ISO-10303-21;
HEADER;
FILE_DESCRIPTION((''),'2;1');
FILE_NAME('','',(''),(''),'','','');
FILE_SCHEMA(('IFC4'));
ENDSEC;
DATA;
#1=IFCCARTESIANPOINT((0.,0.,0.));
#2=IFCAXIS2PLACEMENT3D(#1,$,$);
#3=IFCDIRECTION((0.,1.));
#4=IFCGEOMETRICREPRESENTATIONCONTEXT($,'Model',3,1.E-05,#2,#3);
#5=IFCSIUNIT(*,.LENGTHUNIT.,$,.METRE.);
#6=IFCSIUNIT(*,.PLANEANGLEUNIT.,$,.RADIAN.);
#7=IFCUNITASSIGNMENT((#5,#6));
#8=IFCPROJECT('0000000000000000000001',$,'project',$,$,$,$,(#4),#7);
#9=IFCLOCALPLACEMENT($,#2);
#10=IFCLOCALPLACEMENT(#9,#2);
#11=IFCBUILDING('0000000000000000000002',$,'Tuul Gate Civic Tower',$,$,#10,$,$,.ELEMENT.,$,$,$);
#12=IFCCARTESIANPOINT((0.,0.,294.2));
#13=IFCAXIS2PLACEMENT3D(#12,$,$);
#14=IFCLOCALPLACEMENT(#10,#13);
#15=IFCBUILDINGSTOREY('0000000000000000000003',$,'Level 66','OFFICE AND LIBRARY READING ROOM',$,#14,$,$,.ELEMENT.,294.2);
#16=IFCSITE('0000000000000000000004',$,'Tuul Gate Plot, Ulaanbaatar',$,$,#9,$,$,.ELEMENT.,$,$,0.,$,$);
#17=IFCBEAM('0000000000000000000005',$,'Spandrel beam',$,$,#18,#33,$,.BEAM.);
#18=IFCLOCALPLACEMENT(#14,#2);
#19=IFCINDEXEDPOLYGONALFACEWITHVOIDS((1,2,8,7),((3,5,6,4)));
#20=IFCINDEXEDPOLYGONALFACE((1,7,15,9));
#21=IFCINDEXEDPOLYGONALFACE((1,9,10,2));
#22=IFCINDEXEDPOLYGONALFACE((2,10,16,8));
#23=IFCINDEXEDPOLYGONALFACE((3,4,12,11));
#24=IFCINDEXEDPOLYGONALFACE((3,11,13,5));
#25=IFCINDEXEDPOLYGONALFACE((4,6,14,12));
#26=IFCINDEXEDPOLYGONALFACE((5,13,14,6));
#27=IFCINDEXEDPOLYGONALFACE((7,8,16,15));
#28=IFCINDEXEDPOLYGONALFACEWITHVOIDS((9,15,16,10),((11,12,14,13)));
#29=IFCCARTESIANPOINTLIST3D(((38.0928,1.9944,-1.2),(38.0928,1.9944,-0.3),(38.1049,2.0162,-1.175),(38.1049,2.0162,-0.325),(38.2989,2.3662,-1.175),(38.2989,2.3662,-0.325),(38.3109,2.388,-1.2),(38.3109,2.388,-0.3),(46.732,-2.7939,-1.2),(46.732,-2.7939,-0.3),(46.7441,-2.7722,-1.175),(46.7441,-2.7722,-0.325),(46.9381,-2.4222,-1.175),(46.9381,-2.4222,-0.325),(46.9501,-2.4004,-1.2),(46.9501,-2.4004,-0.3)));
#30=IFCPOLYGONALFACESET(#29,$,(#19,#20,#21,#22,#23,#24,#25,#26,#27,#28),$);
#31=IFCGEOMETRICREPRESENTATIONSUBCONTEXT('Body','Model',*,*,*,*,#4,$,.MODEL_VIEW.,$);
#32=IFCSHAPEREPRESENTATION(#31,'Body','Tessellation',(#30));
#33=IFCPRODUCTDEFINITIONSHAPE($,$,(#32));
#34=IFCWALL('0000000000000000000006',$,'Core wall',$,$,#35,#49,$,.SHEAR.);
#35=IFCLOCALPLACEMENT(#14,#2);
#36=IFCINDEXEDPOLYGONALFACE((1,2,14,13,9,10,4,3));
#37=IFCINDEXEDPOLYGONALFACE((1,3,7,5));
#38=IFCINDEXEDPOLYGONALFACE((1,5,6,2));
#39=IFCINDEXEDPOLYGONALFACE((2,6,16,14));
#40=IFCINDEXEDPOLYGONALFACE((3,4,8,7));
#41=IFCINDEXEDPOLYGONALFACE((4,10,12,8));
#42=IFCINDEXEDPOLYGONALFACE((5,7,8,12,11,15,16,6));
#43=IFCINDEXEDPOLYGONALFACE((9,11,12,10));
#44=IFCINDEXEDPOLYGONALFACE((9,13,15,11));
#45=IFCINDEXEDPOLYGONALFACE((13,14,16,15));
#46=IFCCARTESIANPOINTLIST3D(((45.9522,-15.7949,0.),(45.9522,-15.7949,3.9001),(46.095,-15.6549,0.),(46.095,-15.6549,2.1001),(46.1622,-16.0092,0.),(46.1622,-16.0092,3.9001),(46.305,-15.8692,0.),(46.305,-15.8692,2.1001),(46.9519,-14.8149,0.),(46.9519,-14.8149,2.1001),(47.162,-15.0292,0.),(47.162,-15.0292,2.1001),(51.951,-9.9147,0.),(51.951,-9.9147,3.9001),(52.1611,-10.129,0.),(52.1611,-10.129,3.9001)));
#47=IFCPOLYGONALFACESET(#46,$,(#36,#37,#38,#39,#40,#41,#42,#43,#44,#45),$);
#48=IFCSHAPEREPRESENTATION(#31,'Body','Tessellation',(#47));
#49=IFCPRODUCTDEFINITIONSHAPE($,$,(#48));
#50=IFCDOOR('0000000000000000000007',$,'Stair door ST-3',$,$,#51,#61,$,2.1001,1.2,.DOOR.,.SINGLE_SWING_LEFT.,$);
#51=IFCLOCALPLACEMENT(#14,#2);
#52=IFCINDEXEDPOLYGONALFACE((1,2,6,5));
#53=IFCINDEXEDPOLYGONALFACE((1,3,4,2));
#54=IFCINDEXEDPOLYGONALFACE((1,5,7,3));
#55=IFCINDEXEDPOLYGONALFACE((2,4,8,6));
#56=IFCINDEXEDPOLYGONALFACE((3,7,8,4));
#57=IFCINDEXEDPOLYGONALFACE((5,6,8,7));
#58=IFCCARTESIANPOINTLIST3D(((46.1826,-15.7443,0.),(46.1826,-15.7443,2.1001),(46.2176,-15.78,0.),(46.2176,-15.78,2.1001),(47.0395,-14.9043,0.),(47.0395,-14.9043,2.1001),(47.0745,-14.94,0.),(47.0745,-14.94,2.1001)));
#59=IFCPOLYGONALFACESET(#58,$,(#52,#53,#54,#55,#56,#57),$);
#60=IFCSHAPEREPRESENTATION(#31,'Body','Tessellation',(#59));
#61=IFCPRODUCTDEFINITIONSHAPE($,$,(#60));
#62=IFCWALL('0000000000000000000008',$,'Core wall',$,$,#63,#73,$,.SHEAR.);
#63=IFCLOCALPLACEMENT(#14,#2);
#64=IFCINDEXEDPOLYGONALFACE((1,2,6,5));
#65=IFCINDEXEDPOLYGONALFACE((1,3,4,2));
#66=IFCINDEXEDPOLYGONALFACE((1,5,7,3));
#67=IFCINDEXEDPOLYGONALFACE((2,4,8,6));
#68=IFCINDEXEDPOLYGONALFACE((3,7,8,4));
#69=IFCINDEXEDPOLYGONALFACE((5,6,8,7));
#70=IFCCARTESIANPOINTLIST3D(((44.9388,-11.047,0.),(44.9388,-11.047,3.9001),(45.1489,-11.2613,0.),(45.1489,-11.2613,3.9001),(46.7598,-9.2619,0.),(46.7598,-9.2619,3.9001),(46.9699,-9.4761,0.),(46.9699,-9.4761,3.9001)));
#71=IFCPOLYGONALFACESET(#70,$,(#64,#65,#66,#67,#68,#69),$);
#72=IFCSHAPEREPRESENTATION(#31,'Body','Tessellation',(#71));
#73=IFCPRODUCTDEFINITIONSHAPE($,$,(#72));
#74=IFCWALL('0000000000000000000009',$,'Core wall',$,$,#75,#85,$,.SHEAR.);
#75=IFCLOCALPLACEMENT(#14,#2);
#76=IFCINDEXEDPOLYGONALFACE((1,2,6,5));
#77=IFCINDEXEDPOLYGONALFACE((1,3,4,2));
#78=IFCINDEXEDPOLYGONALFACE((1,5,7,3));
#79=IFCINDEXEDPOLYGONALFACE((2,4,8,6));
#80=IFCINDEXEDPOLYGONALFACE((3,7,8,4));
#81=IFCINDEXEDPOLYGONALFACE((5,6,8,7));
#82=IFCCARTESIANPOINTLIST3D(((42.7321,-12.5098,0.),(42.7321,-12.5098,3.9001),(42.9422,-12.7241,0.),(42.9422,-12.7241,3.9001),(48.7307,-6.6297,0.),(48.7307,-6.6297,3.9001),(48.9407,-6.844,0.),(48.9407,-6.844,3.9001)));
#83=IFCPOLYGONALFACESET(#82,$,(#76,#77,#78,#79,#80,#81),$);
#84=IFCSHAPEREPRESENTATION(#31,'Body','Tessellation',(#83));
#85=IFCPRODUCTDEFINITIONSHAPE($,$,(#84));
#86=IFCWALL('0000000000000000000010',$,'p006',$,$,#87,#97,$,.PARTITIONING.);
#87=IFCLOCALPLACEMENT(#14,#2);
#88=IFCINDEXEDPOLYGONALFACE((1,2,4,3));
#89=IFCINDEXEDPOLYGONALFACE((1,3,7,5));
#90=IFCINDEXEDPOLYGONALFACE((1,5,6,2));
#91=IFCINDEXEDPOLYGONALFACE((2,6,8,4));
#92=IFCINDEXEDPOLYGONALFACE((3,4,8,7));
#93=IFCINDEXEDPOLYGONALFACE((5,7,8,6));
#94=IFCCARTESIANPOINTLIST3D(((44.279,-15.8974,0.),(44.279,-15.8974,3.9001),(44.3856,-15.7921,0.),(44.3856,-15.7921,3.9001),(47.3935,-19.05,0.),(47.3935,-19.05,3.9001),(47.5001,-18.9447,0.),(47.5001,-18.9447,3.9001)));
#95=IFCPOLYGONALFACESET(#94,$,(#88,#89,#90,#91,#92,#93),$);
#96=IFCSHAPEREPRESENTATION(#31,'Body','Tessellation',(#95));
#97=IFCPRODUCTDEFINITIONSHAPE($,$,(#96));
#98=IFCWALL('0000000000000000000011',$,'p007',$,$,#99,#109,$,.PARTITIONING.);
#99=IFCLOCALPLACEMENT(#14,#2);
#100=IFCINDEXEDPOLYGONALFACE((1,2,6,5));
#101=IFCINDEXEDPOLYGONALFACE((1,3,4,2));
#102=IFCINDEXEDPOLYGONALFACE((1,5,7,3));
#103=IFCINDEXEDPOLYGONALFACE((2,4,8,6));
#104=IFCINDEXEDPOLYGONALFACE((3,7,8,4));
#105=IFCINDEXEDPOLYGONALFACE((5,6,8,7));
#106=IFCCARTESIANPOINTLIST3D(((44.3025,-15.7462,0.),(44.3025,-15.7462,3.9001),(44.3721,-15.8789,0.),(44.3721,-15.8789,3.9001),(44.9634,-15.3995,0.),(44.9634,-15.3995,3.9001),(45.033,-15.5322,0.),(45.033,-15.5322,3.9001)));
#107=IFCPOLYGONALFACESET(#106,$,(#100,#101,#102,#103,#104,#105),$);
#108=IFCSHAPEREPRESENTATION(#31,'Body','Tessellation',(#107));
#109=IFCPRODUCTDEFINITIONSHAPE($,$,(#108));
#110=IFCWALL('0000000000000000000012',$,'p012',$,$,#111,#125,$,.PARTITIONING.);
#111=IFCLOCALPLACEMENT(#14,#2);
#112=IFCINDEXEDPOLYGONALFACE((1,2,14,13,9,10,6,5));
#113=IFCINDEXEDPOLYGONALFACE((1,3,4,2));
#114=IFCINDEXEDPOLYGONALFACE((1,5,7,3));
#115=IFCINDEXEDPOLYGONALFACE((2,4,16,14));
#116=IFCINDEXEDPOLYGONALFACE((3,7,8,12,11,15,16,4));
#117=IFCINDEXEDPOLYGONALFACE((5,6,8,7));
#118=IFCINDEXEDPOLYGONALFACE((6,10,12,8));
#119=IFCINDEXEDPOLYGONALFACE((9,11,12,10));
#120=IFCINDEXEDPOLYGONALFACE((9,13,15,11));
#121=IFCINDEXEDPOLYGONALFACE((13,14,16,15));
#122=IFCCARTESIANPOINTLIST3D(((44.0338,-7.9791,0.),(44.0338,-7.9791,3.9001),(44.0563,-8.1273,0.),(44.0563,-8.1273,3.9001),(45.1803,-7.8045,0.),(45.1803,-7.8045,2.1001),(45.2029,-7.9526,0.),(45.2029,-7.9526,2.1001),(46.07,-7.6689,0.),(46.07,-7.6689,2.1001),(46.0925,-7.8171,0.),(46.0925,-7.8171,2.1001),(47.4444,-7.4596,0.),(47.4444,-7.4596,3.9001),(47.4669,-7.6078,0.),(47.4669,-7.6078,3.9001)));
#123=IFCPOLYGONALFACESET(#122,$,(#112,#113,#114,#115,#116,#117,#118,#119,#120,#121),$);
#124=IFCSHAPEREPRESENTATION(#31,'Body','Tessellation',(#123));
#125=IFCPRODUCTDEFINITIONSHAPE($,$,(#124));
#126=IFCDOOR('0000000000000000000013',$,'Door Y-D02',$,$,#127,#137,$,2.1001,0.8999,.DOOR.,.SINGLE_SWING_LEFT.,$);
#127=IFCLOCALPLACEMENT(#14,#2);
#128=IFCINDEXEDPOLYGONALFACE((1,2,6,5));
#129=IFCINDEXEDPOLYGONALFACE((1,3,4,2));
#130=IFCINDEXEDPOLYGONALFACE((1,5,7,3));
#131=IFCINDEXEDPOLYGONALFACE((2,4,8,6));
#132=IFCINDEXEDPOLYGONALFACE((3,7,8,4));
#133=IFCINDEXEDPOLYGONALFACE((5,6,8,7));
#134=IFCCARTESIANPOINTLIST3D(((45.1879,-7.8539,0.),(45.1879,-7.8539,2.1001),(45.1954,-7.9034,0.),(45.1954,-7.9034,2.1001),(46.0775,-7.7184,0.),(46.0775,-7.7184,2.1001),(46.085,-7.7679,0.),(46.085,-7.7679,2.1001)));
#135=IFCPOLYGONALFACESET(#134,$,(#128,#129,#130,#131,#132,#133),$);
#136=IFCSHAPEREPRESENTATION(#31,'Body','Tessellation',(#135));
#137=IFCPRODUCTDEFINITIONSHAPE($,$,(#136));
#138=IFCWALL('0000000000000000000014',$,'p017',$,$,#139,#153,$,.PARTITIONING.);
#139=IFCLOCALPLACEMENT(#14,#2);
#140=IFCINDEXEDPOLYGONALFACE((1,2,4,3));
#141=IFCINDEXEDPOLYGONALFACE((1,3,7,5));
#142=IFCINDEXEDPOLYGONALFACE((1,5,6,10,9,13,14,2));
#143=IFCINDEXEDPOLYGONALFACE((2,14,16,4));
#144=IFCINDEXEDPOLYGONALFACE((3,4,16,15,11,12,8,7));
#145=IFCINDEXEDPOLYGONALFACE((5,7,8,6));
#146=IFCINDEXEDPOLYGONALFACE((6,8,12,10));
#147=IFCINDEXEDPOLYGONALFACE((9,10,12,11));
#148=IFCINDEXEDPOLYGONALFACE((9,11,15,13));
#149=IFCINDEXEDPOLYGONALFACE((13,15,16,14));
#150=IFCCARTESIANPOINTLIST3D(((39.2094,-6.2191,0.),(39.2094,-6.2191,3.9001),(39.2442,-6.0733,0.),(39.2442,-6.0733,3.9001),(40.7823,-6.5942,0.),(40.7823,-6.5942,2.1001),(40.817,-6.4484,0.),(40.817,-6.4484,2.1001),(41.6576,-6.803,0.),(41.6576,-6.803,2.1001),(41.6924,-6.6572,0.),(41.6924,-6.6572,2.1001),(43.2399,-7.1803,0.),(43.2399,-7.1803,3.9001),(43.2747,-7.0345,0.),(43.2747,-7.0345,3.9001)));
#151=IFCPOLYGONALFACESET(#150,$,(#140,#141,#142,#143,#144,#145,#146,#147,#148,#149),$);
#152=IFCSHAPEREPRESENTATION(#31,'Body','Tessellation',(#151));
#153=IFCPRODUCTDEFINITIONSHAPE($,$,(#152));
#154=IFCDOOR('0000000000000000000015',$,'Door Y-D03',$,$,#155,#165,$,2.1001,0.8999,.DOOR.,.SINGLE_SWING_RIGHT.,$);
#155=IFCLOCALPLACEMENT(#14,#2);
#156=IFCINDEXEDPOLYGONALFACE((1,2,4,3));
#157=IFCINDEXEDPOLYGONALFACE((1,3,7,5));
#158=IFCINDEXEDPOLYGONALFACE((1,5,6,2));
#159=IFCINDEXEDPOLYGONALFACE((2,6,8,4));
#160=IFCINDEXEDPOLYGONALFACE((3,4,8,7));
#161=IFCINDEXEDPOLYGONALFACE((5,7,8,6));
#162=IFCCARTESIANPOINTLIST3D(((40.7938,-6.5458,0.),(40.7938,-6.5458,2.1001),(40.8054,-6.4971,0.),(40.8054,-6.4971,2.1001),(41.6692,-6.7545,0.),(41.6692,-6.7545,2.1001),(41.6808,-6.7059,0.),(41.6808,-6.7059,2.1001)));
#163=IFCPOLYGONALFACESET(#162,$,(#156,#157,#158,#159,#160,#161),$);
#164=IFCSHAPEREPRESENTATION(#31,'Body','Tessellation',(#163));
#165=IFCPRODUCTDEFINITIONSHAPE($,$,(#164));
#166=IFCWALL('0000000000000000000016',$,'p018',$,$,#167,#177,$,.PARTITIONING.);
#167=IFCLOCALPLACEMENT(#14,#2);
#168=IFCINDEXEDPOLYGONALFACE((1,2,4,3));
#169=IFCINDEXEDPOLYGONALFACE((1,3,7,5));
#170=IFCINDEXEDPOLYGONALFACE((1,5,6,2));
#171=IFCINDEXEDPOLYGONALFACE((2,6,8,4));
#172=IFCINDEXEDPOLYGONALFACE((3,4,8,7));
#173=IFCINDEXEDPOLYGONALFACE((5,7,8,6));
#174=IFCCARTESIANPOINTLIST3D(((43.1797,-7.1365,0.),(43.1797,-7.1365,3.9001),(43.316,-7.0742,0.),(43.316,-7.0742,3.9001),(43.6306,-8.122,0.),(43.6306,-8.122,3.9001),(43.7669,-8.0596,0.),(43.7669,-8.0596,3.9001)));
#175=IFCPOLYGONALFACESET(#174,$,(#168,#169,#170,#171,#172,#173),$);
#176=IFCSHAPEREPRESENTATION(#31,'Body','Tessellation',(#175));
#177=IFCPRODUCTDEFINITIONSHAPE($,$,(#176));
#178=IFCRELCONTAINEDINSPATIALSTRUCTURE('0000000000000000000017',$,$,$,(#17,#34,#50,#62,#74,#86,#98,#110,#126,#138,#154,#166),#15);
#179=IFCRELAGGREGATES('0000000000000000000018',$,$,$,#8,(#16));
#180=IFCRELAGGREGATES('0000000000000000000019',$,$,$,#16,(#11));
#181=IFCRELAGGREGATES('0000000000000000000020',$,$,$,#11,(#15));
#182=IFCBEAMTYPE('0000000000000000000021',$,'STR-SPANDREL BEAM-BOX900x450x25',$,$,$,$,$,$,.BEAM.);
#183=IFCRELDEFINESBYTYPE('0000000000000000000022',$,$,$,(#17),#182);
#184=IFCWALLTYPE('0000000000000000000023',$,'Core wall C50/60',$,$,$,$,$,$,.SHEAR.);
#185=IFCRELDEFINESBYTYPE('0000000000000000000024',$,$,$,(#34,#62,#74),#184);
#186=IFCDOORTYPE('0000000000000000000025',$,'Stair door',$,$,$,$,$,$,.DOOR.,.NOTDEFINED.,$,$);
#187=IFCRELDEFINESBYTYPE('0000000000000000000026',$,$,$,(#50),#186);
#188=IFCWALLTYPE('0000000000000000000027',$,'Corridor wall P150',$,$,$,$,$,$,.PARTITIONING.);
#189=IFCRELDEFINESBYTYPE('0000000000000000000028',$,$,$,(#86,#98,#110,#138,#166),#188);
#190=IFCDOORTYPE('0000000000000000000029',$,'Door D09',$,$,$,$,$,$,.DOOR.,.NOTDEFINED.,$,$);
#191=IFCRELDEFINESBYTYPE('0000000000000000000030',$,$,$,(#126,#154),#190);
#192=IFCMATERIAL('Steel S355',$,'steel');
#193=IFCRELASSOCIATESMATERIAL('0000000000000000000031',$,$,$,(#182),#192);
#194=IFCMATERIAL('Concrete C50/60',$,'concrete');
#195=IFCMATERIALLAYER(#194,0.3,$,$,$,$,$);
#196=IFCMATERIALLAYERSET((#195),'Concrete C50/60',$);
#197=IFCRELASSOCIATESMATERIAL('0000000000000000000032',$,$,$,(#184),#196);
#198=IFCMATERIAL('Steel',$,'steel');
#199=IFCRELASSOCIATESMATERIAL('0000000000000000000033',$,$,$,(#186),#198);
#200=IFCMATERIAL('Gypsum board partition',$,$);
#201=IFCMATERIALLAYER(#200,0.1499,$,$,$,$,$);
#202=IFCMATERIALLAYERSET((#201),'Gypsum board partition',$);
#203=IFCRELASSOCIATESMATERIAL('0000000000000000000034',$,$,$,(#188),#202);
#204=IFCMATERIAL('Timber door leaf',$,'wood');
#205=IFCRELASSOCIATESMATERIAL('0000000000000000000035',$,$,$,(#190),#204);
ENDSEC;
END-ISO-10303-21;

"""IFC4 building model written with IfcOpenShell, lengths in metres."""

from ifc_helpers import new_model, si_unit, direction, frame, frame_2d, origin, origin_2d, place, context, subcontext, project, spatial, rectangle, hollow_rectangle, extrude, material, layer, layer_set, material_profile, profile_set, type_object, element, fill, save


model = new_model("IFC4")

# Units and contexts
model_context = context("Model", 3, precision=1e-05, world=origin(), true_north=direction((0.0, 1.0)))
body_context = subcontext(model_context, "Body", "Model", "MODEL_VIEW")
ifc_project = project(units=[si_unit("LENGTHUNIT", "METRE"), si_unit("PLANEANGLEUNIT", "RADIAN")], contexts=[model_context])

# Site, building, storey
site_placement = place(None, origin())
site = spatial("IfcSite", under=ifc_project, at=site_placement, Name="Tuul Gate Plot, Ulaanbaatar", CompositionType="ELEMENT", RefElevation=0.0)
building_placement = place(site_placement, origin())
building = spatial("IfcBuilding", under=site, at=building_placement, Name="Tuul Gate Civic Tower", CompositionType="ELEMENT")
storey_placement = place(building_placement, frame((0.0, 0.0, 294.2)))
storey = spatial("IfcBuildingStorey", under=building, at=storey_placement, Name="Level 66", Description="OFFICE AND LIBRARY READING ROOM", CompositionType="ELEMENT", Elevation=294.2)

# Beam
ifc_material_1 = material(Name="Steel S355", Category="steel")
ifc_material_profile = material_profile(ifc_material_1, hollow_rectangle(XDim=0.45, YDim=0.8999, WallThickness=0.0249, at=origin_2d()), Name="BOX900x450x25")
ifc_profile_set = profile_set([ifc_material_profile], Name="Steel S355")
beam_type = type_object("IfcBeamType", Name="STR-SPANDREL BEAM-BOX900x450x25", PredefinedType="BEAM", material=ifc_profile_set)
beam_placement = place(storey_placement, frame((46.8411, -2.5972, -0.75), z_axis=(-0.874638, 0.484776, 0.0), x_axis=(-0.484776, -0.874638, 0.0)))
element("IfcBeam", 1, at=beam_placement, inside=storey, type_object=beam_type, Name="Spandrel beam", PredefinedType="BEAM", context=body_context, shape_type="SweptSolid", body=[
    extrude(hollow_rectangle(XDim=0.45, YDim=0.8999, WallThickness=0.0249, at=origin_2d()), origin(), (0.0, 0.0, 1.0), 9.8774),
])

# Wall, opening, door
ifc_material_2 = material(Name="Concrete C50/60", Category="concrete")
ifc_layer_1 = layer(ifc_material_2, 0.3)
ifc_layer_set_1 = layer_set([ifc_layer_1], Name="Concrete C50/60")
wall_type_1 = type_object("IfcWallType", Name="Core wall C50/60", PredefinedType="SHEAR", material=ifc_layer_set_1)
wall_1_placement = place(storey_placement, frame((46.0571, -15.9021, 0.0), z_axis=(0.0, 0.0, 1.0), x_axis=(0.714134, 0.700009, 0.0)))
wall_1 = element("IfcWall", 2, at=wall_1_placement, inside=storey, type_object=wall_type_1, Name="Core wall", PredefinedType="SHEAR", context=body_context, shape_type="SweptSolid", body=[
    extrude(rectangle(XDim=8.4001, YDim=0.3, at=frame_2d((4.2002, 0.0))), origin(), (0.0, 0.0, 1.0), 3.9001),
])
opening_1_placement = place(wall_1_placement, frame((0.2, 0.0, 0.0)))
opening_1 = element("IfcOpeningElement", 3, at=opening_1_placement, cuts=wall_1, PredefinedType="OPENING", context=body_context, shape_type="SweptSolid", body=[
    extrude(rectangle(XDim=1.2, YDim=2.1001, at=frame_2d((0.6001, 1.05))), frame((0.0, 0.1602, 0.0), z_axis=(0.0, -1.0, 0.0), x_axis=(1.0, 0.0, 0.0)), (0.0, 0.0, 1.0), 0.3201),
])
ifc_material_3 = material(Name="Steel", Category="steel")
door_type_1 = type_object("IfcDoorType", Name="Stair door", OperationType="NOTDEFINED", PredefinedType="DOOR", material=ifc_material_3)
door_1_placement = place(opening_1_placement, origin())
door_1 = element("IfcDoor", 4, at=door_1_placement, inside=storey, type_object=door_type_1, Name="Stair door ST-3", OperationType="SINGLE_SWING_LEFT", OverallHeight=2.1001, OverallWidth=1.2, PredefinedType="DOOR", context=body_context, shape_type="SweptSolid", body=[
    extrude(rectangle(XDim=1.2, YDim=2.1001, at=frame_2d((0.6001, 1.05))), frame((0.0, 0.0249, 0.0), z_axis=(0.0, -1.0, 0.0), x_axis=(1.0, 0.0, 0.0)), (0.0, 0.0, 1.0), 0.05),
])
fill(opening_1, door_1)

# Walls
wall_2_placement = place(storey_placement, frame((45.0439, -11.1541, 0.0), z_axis=(0.0, 0.0, 1.0), x_axis=(0.714108, 0.700035, 0.0)))
element("IfcWall", 5, at=wall_2_placement, inside=storey, type_object=wall_type_1, Name="Core wall", PredefinedType="SHEAR", context=body_context, shape_type="SweptSolid", body=[
    extrude(rectangle(XDim=2.55, YDim=0.3, at=frame_2d((1.2749, 0.0))), origin(), (0.0, 0.0, 1.0), 3.9001),
])
wall_3_placement = place(storey_placement, frame((42.8372, -12.6169, 0.0), z_axis=(0.0, 0.0, 1.0), x_axis=(0.71412, 0.700023, 0.0)))
element("IfcWall", 6, at=wall_3_placement, inside=storey, type_object=wall_type_1, Name="Core wall", PredefinedType="SHEAR", context=body_context, shape_type="SweptSolid", body=[
    extrude(rectangle(XDim=8.3999, YDim=0.3, at=frame_2d((4.2, 0.0))), origin(), (0.0, 0.0, 1.0), 3.9001),
])
ifc_material_4 = material(Name="Gypsum board partition")
ifc_layer_2 = layer(ifc_material_4, 0.1499)
ifc_layer_set_2 = layer_set([ifc_layer_2], Name="Gypsum board partition")
wall_type_2 = type_object("IfcWallType", Name="Corridor wall P150", PredefinedType="PARTITIONING", material=ifc_layer_set_2)
wall_4_placement = place(storey_placement, frame((44.3323, -15.8447, 0.0), z_axis=(0.0, 0.0, 1.0), x_axis=(0.702797, -0.711391, 0.0)))
element("IfcWall", 7, at=wall_4_placement, inside=storey, type_object=wall_type_2, Name="p006", PredefinedType="PARTITIONING", context=body_context, shape_type="SweptSolid", body=[
    extrude(rectangle(XDim=4.4316, YDim=0.1499, at=frame_2d((2.2158, 0.0))), origin(), (0.0, 0.0, 1.0), 3.9001),
])
wall_5_placement = place(storey_placement, frame((44.3374, -15.8125, 0.0), z_axis=(0.0, 0.0, 1.0), x_axis=(0.885556, 0.464533, 0.0)))
element("IfcWall", 8, at=wall_5_placement, inside=storey, type_object=wall_type_2, Name="p007", PredefinedType="PARTITIONING", context=body_context, shape_type="SweptSolid", body=[
    extrude(rectangle(XDim=0.7463, YDim=0.1499, at=frame_2d((0.373, 0.0))), origin(), (0.0, 0.0, 1.0), 3.9001),
])

# Walls, openings, doors
wall_6_placement = place(storey_placement, frame((44.0449, -8.0532, 0.0), z_axis=(0.0, 0.0, 1.0), x_axis=(0.988596, 0.150589, 0.0)))
wall_6 = element("IfcWall", 9, at=wall_6_placement, inside=storey, type_object=wall_type_2, Name="p012", PredefinedType="PARTITIONING", context=body_context, shape_type="SweptSolid", body=[
    extrude(rectangle(XDim=3.45, YDim=0.1499, at=frame_2d((1.7251, 0.0))), origin(), (0.0, 0.0, 1.0), 3.9001),
])
opening_2_placement = place(wall_6_placement, frame((1.1599, 0.0, 0.0)))
opening_2 = element("IfcOpeningElement", 10, at=opening_2_placement, cuts=wall_6, PredefinedType="OPENING", context=body_context, shape_type="SweptSolid", body=[
    extrude(rectangle(XDim=0.8999, YDim=2.1001, at=frame_2d((0.45, 1.05))), frame((0.0, 0.085, 0.0), z_axis=(0.0, -1.0, 0.0), x_axis=(1.0, 0.0, 0.0)), (0.0, 0.0, 1.0), 0.1699),
])
ifc_material_5 = material(Name="Timber door leaf", Category="wood")
door_type_2 = type_object("IfcDoorType", Name="Door D09", OperationType="NOTDEFINED", PredefinedType="DOOR", material=ifc_material_5)
door_2_placement = place(opening_2_placement, origin())
door_2 = element("IfcDoor", 11, at=door_2_placement, inside=storey, type_object=door_type_2, Name="Door Y-D02", OperationType="SINGLE_SWING_LEFT", OverallHeight=2.1001, OverallWidth=0.8999, PredefinedType="DOOR", context=body_context, shape_type="SweptSolid", body=[
    extrude(rectangle(XDim=0.8999, YDim=2.1001, at=frame_2d((0.45, 1.05))), frame((0.0, 0.0249, 0.0), z_axis=(0.0, -1.0, 0.0), x_axis=(1.0, 0.0, 0.0)), (0.0, 0.0, 1.0), 0.05),
])
fill(opening_2, door_2)
wall_7_placement = place(storey_placement, frame((39.2268, -6.1462, 0.0), z_axis=(0.0, 0.0, 1.0), x_axis=(0.972723, -0.231971, 0.0)))
wall_7 = element("IfcWall", 12, at=wall_7_placement, inside=storey, type_object=wall_type_2, Name="p017", PredefinedType="PARTITIONING", context=body_context, shape_type="SweptSolid", body=[
    extrude(rectangle(XDim=4.1436, YDim=0.1499, at=frame_2d((2.0718, 0.0))), origin(), (0.0, 0.0, 1.0), 3.9001),
])
opening_3_placement = place(wall_7_placement, frame((1.6169, 0.0, 0.0)))
opening_3 = element("IfcOpeningElement", 13, at=opening_3_placement, cuts=wall_7, PredefinedType="OPENING", context=body_context, shape_type="SweptSolid", body=[
    extrude(rectangle(XDim=0.8999, YDim=2.1001, at=frame_2d((0.45, 1.05))), frame((0.0, 0.085, 0.0), z_axis=(0.0, -1.0, 0.0), x_axis=(1.0, 0.0, 0.0)), (0.0, 0.0, 1.0), 0.1699),
])
door_3_placement = place(opening_3_placement, origin())
door_3 = element("IfcDoor", 14, at=door_3_placement, inside=storey, type_object=door_type_2, Name="Door Y-D03", OperationType="SINGLE_SWING_RIGHT", OverallHeight=2.1001, OverallWidth=0.8999, PredefinedType="DOOR", context=body_context, shape_type="SweptSolid", body=[
    extrude(rectangle(XDim=0.8999, YDim=2.1001, at=frame_2d((0.45, 1.05))), frame((0.0, 0.0249, 0.0), z_axis=(0.0, -1.0, 0.0), x_axis=(1.0, 0.0, 0.0)), (0.0, 0.0, 1.0), 0.05),
])
fill(opening_3, door_3)

# Wall
wall_8_placement = place(storey_placement, frame((43.2478, -7.1052, 0.0), z_axis=(0.0, 0.0, 1.0), x_axis=(0.416042, -0.909345, 0.0)))
element("IfcWall", 15, at=wall_8_placement, inside=storey, type_object=wall_type_2, Name="p018", PredefinedType="PARTITIONING", context=body_context, shape_type="SweptSolid", body=[
    extrude(rectangle(XDim=1.0837, YDim=0.1499, at=frame_2d((0.542, 0.0))), origin(), (0.0, 0.0, 1.0), 3.9001),
])

save(model, "model.ifc")
